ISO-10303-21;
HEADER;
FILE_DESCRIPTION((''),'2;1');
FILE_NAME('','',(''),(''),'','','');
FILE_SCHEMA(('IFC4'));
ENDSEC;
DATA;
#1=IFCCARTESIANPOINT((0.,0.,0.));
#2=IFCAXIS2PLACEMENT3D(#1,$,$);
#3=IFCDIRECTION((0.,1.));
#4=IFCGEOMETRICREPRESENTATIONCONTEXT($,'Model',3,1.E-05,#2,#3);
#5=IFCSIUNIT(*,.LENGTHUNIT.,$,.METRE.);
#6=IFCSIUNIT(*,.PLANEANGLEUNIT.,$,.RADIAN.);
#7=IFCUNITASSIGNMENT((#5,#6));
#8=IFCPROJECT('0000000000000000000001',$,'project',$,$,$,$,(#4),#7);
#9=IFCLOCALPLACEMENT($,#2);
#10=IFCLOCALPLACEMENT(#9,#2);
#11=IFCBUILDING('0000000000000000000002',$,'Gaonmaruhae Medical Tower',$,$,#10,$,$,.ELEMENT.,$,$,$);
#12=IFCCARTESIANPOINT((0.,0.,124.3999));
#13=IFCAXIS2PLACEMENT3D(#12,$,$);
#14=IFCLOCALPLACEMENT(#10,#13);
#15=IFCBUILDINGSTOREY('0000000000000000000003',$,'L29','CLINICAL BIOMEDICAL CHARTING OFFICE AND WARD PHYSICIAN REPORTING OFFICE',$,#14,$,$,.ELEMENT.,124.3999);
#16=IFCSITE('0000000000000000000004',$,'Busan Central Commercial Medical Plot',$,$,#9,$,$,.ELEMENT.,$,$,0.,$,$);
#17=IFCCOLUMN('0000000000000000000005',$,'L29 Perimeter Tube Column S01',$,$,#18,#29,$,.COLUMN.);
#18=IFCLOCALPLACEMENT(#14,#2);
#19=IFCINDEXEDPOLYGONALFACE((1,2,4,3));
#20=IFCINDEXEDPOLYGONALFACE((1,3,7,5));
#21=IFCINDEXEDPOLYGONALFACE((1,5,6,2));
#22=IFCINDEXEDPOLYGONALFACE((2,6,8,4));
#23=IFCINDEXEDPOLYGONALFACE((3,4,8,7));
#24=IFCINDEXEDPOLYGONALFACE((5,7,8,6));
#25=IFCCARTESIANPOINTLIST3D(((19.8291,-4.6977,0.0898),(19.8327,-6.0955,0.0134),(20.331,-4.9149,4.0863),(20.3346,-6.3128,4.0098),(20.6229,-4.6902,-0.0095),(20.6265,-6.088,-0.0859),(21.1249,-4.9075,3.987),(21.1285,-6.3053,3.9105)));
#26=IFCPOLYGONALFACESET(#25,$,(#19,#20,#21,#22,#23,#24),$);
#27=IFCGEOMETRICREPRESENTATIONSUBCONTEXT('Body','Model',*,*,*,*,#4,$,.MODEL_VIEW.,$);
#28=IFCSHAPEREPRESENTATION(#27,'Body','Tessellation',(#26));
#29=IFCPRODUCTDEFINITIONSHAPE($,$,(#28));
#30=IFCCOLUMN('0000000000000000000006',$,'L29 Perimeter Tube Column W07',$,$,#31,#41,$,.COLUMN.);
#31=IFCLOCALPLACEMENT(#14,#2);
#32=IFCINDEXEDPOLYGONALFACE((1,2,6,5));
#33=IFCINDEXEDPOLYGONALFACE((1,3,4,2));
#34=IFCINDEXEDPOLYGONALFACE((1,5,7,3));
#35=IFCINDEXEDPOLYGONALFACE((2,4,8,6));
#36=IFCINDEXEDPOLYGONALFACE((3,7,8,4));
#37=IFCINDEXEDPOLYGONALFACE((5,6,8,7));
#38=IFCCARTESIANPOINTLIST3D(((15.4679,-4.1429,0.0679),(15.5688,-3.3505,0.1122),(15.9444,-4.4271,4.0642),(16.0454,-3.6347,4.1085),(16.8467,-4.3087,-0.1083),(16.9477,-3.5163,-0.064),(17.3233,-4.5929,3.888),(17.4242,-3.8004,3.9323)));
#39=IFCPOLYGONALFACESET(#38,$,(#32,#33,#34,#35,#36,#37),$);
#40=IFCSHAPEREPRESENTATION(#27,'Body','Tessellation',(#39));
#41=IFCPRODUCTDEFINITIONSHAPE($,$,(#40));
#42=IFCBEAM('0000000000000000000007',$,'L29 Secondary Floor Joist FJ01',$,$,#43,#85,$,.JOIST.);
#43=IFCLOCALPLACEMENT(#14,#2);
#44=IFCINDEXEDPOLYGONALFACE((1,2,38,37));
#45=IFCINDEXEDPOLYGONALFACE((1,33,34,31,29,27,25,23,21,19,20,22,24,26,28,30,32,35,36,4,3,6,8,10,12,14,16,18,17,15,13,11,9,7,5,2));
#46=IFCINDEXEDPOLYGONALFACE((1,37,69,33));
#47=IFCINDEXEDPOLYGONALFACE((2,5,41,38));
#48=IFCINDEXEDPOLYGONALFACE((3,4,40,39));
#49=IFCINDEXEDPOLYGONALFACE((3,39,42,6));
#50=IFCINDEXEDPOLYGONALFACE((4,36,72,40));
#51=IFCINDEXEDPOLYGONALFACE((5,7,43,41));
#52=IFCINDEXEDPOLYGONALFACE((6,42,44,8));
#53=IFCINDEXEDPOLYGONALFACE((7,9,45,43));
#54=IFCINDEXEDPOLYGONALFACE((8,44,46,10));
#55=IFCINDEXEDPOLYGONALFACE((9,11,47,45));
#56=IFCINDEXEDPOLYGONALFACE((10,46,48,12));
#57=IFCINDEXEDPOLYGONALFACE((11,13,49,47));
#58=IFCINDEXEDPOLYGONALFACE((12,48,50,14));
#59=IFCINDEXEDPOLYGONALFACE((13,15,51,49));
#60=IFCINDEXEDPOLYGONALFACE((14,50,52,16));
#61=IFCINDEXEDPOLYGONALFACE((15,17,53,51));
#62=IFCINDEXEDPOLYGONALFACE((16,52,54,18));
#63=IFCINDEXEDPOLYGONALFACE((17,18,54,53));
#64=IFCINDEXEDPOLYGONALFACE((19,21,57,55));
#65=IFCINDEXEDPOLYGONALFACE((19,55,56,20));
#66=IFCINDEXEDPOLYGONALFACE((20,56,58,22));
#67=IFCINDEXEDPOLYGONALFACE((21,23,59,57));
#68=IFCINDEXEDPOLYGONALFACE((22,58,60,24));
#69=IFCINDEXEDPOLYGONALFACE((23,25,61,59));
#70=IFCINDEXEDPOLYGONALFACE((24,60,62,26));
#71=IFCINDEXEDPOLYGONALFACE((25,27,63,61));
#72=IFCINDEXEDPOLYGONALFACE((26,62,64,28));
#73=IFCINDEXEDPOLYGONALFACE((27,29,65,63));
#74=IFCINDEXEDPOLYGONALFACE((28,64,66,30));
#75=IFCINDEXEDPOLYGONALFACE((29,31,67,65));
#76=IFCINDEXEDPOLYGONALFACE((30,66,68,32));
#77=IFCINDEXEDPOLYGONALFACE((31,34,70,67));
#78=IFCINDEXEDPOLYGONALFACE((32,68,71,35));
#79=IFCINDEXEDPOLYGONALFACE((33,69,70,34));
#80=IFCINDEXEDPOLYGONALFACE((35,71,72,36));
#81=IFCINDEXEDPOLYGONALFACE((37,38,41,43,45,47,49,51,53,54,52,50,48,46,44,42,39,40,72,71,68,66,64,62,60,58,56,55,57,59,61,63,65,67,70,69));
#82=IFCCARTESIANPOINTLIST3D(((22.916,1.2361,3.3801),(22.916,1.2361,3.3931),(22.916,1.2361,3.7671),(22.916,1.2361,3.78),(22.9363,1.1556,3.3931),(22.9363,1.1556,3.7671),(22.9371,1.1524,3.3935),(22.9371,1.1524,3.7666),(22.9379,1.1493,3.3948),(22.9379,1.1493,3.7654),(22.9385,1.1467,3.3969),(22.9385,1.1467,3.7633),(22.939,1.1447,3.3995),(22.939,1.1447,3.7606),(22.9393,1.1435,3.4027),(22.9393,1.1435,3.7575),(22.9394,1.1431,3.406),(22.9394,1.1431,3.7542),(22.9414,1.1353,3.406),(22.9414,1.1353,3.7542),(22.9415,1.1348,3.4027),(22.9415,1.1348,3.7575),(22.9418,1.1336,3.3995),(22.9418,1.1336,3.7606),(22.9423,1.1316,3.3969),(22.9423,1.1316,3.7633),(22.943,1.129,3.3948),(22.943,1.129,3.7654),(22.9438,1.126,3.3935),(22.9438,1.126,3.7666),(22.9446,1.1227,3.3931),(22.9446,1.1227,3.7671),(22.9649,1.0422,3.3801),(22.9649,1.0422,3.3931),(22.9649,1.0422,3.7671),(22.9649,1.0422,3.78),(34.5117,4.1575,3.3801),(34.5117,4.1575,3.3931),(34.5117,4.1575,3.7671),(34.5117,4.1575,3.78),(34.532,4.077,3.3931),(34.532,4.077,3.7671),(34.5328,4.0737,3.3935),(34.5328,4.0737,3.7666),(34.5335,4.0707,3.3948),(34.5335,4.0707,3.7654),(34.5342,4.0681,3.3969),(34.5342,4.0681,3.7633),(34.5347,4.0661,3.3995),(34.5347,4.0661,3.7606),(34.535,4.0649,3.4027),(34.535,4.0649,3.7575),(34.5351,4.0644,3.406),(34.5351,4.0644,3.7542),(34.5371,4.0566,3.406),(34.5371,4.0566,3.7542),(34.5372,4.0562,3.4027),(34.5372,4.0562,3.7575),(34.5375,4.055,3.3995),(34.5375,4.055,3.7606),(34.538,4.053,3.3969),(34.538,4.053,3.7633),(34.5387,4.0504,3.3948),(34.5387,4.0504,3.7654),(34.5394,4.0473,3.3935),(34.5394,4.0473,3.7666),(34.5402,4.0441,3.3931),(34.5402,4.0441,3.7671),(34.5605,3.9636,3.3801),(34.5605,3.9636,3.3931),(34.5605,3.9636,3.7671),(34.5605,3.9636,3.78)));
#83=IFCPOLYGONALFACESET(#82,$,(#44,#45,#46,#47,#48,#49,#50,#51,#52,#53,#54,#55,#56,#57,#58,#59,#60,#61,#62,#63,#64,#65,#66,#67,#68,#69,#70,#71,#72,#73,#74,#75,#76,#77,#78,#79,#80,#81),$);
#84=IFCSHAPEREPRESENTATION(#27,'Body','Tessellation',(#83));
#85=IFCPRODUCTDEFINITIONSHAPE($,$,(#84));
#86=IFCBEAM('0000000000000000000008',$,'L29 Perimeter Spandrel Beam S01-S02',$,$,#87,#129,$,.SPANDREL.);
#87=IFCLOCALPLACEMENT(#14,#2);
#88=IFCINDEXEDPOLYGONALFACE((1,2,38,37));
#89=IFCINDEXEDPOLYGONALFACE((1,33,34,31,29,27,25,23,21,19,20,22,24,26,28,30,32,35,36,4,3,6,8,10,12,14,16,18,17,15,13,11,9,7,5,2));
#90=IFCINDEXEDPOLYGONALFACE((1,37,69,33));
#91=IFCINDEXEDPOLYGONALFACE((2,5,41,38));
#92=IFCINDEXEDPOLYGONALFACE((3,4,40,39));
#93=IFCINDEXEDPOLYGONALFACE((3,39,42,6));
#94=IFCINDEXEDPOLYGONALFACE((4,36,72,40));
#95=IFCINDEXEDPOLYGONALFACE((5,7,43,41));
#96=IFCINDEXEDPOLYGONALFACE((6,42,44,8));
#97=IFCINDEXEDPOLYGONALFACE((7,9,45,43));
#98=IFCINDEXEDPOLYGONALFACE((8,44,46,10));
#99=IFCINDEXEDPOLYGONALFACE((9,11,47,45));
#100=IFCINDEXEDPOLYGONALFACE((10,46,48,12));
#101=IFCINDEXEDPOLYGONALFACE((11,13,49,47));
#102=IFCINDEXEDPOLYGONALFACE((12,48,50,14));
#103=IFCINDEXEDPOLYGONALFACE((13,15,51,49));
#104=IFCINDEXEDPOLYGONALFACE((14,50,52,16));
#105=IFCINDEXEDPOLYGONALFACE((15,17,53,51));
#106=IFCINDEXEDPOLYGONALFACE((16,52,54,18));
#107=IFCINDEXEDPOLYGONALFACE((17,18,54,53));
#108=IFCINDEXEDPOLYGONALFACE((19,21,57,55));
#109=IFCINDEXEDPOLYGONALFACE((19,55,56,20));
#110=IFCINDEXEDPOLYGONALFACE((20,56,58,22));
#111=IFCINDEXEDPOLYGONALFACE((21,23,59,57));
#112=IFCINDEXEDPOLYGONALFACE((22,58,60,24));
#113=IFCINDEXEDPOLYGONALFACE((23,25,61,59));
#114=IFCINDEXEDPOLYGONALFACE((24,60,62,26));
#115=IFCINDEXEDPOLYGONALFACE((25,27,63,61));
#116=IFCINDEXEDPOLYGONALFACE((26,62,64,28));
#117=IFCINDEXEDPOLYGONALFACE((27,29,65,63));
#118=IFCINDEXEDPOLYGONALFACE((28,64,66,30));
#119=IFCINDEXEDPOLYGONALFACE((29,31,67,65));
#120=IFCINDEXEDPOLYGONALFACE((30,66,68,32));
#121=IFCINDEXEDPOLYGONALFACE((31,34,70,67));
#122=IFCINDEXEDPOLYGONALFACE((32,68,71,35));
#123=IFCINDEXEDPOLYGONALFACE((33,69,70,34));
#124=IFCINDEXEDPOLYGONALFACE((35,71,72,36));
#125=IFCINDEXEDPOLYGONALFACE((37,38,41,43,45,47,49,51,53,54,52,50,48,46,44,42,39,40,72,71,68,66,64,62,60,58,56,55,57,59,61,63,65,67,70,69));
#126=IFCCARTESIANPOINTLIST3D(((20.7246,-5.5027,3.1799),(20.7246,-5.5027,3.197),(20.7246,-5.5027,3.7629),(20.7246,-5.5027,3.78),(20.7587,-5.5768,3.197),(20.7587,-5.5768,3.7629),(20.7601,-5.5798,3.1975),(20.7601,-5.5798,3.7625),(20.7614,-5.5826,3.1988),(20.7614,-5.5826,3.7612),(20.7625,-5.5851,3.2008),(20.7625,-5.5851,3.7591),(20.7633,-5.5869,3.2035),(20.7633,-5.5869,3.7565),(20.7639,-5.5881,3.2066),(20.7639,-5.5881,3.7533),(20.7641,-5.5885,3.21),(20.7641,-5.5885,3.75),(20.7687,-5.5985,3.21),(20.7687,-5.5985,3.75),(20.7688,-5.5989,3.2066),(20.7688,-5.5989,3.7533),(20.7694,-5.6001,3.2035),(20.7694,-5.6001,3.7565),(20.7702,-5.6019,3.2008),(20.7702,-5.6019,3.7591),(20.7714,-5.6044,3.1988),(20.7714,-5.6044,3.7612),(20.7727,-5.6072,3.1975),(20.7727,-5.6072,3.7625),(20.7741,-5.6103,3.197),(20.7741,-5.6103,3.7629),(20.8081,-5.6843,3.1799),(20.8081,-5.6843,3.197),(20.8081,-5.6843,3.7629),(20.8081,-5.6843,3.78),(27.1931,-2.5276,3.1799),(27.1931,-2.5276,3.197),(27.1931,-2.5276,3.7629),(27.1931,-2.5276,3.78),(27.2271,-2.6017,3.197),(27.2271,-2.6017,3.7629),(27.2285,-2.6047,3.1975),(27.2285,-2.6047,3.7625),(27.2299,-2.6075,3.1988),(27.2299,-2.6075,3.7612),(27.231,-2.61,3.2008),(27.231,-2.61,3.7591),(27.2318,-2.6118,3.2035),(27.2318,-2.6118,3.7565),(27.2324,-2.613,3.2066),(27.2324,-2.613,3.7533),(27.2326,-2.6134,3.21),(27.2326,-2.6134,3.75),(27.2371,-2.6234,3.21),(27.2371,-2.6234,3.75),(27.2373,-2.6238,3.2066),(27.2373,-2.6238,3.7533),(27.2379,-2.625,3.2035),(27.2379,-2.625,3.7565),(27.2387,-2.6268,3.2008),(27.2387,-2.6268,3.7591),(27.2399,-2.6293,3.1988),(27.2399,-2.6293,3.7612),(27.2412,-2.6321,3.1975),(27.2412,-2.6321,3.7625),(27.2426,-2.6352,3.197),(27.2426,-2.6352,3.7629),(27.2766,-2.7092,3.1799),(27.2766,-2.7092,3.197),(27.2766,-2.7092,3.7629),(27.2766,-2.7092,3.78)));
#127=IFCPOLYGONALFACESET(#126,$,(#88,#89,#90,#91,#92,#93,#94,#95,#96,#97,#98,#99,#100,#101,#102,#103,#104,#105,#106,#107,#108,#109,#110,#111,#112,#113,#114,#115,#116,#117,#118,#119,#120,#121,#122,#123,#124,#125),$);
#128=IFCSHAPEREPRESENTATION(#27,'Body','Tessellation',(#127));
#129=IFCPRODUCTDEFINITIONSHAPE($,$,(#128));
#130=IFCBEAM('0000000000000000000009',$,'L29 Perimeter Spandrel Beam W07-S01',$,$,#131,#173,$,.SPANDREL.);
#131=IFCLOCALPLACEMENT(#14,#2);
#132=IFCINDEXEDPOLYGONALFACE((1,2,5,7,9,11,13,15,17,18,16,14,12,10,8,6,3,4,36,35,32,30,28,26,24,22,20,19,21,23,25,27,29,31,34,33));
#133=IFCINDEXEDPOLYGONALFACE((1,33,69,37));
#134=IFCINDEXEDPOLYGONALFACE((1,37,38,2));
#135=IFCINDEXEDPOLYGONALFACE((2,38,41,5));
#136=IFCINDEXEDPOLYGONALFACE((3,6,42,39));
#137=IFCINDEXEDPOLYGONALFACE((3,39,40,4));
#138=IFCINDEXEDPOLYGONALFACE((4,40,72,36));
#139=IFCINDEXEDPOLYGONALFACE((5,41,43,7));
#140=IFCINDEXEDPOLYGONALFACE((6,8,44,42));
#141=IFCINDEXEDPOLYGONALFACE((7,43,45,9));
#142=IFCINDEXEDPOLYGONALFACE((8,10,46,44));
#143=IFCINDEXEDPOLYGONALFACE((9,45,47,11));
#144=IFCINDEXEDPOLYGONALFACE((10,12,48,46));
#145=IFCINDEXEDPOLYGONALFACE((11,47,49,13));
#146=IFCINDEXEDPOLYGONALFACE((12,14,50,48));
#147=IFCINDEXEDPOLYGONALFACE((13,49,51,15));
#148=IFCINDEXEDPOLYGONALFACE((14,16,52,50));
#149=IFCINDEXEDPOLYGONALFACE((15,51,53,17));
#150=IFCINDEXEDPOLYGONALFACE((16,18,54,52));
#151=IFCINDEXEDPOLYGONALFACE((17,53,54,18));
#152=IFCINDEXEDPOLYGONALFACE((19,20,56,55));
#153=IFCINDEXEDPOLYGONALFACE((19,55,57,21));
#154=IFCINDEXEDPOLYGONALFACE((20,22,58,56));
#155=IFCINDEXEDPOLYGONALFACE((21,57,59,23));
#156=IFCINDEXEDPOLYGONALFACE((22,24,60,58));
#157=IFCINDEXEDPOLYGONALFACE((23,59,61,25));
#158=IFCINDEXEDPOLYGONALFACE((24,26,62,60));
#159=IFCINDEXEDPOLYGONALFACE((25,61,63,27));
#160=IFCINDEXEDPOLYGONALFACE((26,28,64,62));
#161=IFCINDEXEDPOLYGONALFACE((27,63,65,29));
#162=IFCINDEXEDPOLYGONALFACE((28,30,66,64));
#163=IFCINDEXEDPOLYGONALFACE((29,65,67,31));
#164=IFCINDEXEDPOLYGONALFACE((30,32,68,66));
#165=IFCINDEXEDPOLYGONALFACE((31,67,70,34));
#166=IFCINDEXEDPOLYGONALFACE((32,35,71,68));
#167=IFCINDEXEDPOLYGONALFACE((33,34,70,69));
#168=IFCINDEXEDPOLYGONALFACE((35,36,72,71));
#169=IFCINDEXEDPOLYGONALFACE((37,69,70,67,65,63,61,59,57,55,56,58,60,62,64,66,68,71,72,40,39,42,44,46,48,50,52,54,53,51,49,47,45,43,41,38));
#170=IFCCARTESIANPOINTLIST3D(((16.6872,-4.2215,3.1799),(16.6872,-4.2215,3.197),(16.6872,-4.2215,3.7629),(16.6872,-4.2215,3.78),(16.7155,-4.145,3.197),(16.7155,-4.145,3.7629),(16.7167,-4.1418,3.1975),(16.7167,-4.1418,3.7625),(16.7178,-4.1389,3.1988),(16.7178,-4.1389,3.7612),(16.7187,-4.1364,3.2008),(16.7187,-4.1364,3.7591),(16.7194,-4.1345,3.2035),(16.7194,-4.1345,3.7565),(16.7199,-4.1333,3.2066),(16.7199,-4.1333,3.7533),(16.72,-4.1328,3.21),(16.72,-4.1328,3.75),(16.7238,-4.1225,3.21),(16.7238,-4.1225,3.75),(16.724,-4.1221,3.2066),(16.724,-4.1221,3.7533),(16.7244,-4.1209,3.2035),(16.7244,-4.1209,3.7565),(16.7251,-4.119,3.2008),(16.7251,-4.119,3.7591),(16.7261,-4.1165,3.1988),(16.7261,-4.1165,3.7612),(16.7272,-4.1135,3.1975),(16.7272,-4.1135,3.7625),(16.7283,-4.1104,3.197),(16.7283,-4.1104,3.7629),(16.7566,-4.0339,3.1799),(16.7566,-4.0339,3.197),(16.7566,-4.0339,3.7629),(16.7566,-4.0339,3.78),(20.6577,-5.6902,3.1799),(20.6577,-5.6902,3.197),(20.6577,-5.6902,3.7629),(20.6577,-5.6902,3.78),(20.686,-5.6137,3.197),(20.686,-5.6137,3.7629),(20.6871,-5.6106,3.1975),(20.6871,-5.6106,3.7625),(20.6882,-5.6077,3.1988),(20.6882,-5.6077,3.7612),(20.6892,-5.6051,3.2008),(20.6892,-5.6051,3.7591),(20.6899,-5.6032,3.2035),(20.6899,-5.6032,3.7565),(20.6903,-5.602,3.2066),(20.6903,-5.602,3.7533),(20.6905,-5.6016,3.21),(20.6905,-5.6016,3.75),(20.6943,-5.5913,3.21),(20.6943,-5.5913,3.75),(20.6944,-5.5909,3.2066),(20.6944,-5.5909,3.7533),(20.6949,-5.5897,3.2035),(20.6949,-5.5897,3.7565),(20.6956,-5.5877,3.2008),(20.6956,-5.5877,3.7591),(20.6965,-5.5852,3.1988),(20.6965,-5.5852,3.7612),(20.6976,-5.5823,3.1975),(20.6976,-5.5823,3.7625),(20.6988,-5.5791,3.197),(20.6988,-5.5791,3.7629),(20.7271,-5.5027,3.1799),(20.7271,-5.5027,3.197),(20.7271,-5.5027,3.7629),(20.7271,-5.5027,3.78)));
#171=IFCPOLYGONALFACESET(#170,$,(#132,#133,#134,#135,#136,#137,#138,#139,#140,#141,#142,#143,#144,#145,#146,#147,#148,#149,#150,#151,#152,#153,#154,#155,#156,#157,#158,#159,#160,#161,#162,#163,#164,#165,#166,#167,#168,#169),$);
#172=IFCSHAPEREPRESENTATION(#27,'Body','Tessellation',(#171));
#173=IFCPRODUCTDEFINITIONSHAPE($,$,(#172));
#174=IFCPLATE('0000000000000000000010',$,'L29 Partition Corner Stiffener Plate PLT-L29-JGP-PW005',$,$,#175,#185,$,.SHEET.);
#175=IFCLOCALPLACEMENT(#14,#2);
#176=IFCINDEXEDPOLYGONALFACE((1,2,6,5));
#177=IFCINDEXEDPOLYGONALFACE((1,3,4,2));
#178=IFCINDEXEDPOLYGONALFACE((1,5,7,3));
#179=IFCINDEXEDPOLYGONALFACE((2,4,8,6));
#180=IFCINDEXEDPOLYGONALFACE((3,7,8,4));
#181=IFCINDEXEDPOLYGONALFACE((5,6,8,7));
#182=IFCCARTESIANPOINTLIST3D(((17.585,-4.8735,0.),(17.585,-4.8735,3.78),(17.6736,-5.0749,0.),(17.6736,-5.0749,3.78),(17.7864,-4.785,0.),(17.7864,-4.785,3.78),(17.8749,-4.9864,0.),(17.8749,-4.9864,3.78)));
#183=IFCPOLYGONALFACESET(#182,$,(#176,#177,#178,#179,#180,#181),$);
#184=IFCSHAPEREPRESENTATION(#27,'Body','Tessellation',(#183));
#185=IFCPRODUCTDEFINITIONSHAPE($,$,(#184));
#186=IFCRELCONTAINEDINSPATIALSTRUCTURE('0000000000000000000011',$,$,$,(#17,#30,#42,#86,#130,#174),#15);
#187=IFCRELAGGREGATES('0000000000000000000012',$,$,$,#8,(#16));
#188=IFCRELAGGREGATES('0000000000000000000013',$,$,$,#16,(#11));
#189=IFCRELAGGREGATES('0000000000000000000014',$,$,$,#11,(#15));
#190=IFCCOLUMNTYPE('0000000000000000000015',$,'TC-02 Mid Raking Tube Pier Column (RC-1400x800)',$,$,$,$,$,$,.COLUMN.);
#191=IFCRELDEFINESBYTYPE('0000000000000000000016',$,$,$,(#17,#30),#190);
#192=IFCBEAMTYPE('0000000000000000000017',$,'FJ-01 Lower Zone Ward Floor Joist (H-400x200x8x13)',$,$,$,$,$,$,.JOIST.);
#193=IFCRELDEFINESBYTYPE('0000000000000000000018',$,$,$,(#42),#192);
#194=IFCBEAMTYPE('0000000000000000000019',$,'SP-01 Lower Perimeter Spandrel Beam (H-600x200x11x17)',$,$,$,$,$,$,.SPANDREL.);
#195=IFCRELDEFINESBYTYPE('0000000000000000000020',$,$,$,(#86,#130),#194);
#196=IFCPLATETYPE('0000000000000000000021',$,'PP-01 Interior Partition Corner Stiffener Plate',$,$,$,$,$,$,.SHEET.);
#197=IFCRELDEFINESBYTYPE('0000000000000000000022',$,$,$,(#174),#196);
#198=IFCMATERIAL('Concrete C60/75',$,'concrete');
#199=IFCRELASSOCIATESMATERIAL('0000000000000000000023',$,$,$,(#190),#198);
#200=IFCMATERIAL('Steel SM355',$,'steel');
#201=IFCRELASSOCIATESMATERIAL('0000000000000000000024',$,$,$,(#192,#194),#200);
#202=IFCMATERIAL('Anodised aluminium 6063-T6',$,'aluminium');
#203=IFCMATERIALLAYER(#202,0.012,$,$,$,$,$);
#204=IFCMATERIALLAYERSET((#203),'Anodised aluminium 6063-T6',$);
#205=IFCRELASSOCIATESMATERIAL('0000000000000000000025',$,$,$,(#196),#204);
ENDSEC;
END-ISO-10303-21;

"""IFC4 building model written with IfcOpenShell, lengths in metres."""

from ifc_helpers import new_model, si_unit, direction, frame, origin, origin_2d, place, context, subcontext, project, spatial, rectangle, i_section, extrude, material, layer, layer_set, material_profile, profile_set, type_object, element, save


model = new_model("IFC4")

# Units and contexts
model_context = context("Model", 3, precision=1e-05, world=origin(), true_north=direction((0.0, 1.0)))
body_context = subcontext(model_context, "Body", "Model", "MODEL_VIEW")
ifc_project = project(units=[si_unit("LENGTHUNIT", "METRE"), si_unit("PLANEANGLEUNIT", "RADIAN")], contexts=[model_context])

# Site, building, storey
site_placement = place(None, origin())
site = spatial("IfcSite", under=ifc_project, at=site_placement, Name="Busan Central Commercial Medical Plot", CompositionType="ELEMENT", RefElevation=0.0)
building_placement = place(site_placement, origin())
building = spatial("IfcBuilding", under=site, at=building_placement, Name="Gaonmaruhae Medical Tower", CompositionType="ELEMENT")
storey_placement = place(building_placement, frame((0.0, 0.0, 124.3999)))
storey = spatial("IfcBuildingStorey", under=building, at=storey_placement, Name="L29", Description="CLINICAL BIOMEDICAL CHARTING OFFICE AND WARD PHYSICIAN REPORTING OFFICE", CompositionType="ELEMENT", Elevation=124.3999)

# Columns
ifc_material_1 = material(Name="Concrete C60/75", Category="concrete")
ifc_material_profile_1 = material_profile(ifc_material_1, rectangle(XDim=1.3999, YDim=0.8, at=origin_2d()), Name="RC-1400x800")
ifc_profile_set_1 = profile_set([ifc_material_profile_1], Name="Concrete C60/75")
column_type = type_object("IfcColumnType", Name="TC-02 Mid Raking Tube Pier Column (RC-1400x800)", PredefinedType="COLUMN", material=ifc_profile_set_1)
column_1_placement = place(storey_placement, frame((20.2278, -5.3928, 0.002), z_axis=(0.124443, -0.053869, 0.990763), x_axis=(-0.002576, 0.998504, 0.054613)))
element("IfcColumn", 1, at=column_1_placement, inside=storey, type_object=column_type, Name="L29 Perimeter Tube Column S01", PredefinedType="COLUMN", context=body_context, shape_type="SweptSolid", body=[
    extrude(rectangle(XDim=1.3999, YDim=0.8, at=origin_2d()), origin(), (0.0, 0.0, 1.0), 4.0337),
])
column_2_placement = place(storey_placement, frame((16.2078, -3.8296, 0.002), z_axis=(0.118117, -0.070434, 0.990499), x_axis=(-0.984953, 0.118422, 0.125876)))
element("IfcColumn", 2, at=column_2_placement, inside=storey, type_object=column_type, Name="L29 Perimeter Tube Column W07", PredefinedType="COLUMN", context=body_context, shape_type="SweptSolid", body=[
    extrude(rectangle(XDim=1.3999, YDim=0.8, at=origin_2d()), origin(), (0.0, 0.0, 1.0), 4.0347),
])

# Beams
ifc_material_2 = material(Name="Steel SM355", Category="steel")
ifc_material_profile_2 = material_profile(ifc_material_2, i_section(OverallWidth=0.2, OverallDepth=0.3999, WebThickness=0.0081, FlangeThickness=0.0129, FilletRadius=0.0129, at=origin_2d()), Name="H-400x200x8x13")
ifc_profile_set_2 = profile_set([ifc_material_profile_2], Name="Steel SM355")
beam_type_1 = type_object("IfcBeamType", Name="FJ-01 Lower Zone Ward Floor Joist (H-400x200x8x13)", PredefinedType="JOIST", material=ifc_profile_set_2)
beam_1_placement = place(storey_placement, frame((22.9404, 1.1392, 3.5801), z_axis=(0.969699, 0.244303, 0.0), x_axis=(-0.244303, 0.969699, 0.0)))
element("IfcBeam", 3, at=beam_1_placement, inside=storey, type_object=beam_type_1, Name="L29 Secondary Floor Joist FJ01", PredefinedType="JOIST", context=body_context, shape_type="SweptSolid", body=[
    extrude(i_section(OverallWidth=0.2, OverallDepth=0.3999, WebThickness=0.0081, FlangeThickness=0.0129, FilletRadius=0.0129, at=origin_2d()), origin(), (0.0, 0.0, 1.0), 11.958),
])
ifc_material_profile_3 = material_profile(ifc_material_2, i_section(OverallWidth=0.2, OverallDepth=0.6001, WebThickness=0.011, FlangeThickness=0.0171, FilletRadius=0.0129, at=origin_2d()), Name="H-600x200x11x17")
ifc_profile_set_3 = profile_set([ifc_material_profile_3], Name="Steel SM355")
beam_type_2 = type_object("IfcBeamType", Name="SP-01 Lower Perimeter Spandrel Beam (H-600x200x11x17)", PredefinedType="SPANDREL", material=ifc_profile_set_3)
beam_2_placement = place(storey_placement, frame((20.7664, -5.5935, 3.48), z_axis=(0.908513, 0.417857, 0.0), x_axis=(-0.417857, 0.908513, 0.0)))
element("IfcBeam", 4, at=beam_2_placement, inside=storey, type_object=beam_type_2, Name="L29 Perimeter Spandrel Beam S01-S02", PredefinedType="SPANDREL", context=body_context, shape_type="SweptSolid", body=[
    extrude(i_section(OverallWidth=0.2, OverallDepth=0.6001, WebThickness=0.011, FlangeThickness=0.0171, FilletRadius=0.0129, at=origin_2d()), origin(), (0.0, 0.0, 1.0), 7.1199),
])
beam_3_placement = place(storey_placement, frame((16.7219, -4.1277, 3.48), z_axis=(0.937886, -0.346942, 0.0), x_axis=(0.346942, 0.937886, 0.0)))
element("IfcBeam", 5, at=beam_3_placement, inside=storey, type_object=beam_type_2, Name="L29 Perimeter Spandrel Beam W07-S01", PredefinedType="SPANDREL", context=body_context, shape_type="SweptSolid", body=[
    extrude(i_section(OverallWidth=0.2, OverallDepth=0.6001, WebThickness=0.011, FlangeThickness=0.0171, FilletRadius=0.0129, at=origin_2d()), origin(), (0.0, 0.0, 1.0), 4.2334),
])

# Plate
ifc_material_3 = material(Name="Anodised aluminium 6063-T6", Category="aluminium")
ifc_layer_1 = layer(ifc_material_3, 0.012)
ifc_layer_set_1 = layer_set([ifc_layer_1], Name="Anodised aluminium 6063-T6")
plate_type = type_object("IfcPlateType", Name="PP-01 Interior Partition Corner Stiffener Plate", PredefinedType="SHEET", material=ifc_layer_set_1)
for number, where, z_axis, x_axis, name in (
    (6, (17.73, -4.9299, 0.0), (0.0, 0.0, 1.0), (-0.402459, 0.915438, 0.0), "L29 Partition Corner Stiffener Plate PLT-L29-JGP-PW005"),
):
    element("IfcPlate", number, at=place(storey_placement, frame(where, z_axis=z_axis, x_axis=x_axis)), inside=storey, type_object=plate_type, Name=name, PredefinedType="SHEET", context=body_context, shape_type="SweptSolid", body=[
        extrude(rectangle(XDim=0.22, YDim=0.22, at=origin_2d()), origin(), (0.0, 0.0, 1.0), 3.78),
    ])

save(model, "model.ifc")
